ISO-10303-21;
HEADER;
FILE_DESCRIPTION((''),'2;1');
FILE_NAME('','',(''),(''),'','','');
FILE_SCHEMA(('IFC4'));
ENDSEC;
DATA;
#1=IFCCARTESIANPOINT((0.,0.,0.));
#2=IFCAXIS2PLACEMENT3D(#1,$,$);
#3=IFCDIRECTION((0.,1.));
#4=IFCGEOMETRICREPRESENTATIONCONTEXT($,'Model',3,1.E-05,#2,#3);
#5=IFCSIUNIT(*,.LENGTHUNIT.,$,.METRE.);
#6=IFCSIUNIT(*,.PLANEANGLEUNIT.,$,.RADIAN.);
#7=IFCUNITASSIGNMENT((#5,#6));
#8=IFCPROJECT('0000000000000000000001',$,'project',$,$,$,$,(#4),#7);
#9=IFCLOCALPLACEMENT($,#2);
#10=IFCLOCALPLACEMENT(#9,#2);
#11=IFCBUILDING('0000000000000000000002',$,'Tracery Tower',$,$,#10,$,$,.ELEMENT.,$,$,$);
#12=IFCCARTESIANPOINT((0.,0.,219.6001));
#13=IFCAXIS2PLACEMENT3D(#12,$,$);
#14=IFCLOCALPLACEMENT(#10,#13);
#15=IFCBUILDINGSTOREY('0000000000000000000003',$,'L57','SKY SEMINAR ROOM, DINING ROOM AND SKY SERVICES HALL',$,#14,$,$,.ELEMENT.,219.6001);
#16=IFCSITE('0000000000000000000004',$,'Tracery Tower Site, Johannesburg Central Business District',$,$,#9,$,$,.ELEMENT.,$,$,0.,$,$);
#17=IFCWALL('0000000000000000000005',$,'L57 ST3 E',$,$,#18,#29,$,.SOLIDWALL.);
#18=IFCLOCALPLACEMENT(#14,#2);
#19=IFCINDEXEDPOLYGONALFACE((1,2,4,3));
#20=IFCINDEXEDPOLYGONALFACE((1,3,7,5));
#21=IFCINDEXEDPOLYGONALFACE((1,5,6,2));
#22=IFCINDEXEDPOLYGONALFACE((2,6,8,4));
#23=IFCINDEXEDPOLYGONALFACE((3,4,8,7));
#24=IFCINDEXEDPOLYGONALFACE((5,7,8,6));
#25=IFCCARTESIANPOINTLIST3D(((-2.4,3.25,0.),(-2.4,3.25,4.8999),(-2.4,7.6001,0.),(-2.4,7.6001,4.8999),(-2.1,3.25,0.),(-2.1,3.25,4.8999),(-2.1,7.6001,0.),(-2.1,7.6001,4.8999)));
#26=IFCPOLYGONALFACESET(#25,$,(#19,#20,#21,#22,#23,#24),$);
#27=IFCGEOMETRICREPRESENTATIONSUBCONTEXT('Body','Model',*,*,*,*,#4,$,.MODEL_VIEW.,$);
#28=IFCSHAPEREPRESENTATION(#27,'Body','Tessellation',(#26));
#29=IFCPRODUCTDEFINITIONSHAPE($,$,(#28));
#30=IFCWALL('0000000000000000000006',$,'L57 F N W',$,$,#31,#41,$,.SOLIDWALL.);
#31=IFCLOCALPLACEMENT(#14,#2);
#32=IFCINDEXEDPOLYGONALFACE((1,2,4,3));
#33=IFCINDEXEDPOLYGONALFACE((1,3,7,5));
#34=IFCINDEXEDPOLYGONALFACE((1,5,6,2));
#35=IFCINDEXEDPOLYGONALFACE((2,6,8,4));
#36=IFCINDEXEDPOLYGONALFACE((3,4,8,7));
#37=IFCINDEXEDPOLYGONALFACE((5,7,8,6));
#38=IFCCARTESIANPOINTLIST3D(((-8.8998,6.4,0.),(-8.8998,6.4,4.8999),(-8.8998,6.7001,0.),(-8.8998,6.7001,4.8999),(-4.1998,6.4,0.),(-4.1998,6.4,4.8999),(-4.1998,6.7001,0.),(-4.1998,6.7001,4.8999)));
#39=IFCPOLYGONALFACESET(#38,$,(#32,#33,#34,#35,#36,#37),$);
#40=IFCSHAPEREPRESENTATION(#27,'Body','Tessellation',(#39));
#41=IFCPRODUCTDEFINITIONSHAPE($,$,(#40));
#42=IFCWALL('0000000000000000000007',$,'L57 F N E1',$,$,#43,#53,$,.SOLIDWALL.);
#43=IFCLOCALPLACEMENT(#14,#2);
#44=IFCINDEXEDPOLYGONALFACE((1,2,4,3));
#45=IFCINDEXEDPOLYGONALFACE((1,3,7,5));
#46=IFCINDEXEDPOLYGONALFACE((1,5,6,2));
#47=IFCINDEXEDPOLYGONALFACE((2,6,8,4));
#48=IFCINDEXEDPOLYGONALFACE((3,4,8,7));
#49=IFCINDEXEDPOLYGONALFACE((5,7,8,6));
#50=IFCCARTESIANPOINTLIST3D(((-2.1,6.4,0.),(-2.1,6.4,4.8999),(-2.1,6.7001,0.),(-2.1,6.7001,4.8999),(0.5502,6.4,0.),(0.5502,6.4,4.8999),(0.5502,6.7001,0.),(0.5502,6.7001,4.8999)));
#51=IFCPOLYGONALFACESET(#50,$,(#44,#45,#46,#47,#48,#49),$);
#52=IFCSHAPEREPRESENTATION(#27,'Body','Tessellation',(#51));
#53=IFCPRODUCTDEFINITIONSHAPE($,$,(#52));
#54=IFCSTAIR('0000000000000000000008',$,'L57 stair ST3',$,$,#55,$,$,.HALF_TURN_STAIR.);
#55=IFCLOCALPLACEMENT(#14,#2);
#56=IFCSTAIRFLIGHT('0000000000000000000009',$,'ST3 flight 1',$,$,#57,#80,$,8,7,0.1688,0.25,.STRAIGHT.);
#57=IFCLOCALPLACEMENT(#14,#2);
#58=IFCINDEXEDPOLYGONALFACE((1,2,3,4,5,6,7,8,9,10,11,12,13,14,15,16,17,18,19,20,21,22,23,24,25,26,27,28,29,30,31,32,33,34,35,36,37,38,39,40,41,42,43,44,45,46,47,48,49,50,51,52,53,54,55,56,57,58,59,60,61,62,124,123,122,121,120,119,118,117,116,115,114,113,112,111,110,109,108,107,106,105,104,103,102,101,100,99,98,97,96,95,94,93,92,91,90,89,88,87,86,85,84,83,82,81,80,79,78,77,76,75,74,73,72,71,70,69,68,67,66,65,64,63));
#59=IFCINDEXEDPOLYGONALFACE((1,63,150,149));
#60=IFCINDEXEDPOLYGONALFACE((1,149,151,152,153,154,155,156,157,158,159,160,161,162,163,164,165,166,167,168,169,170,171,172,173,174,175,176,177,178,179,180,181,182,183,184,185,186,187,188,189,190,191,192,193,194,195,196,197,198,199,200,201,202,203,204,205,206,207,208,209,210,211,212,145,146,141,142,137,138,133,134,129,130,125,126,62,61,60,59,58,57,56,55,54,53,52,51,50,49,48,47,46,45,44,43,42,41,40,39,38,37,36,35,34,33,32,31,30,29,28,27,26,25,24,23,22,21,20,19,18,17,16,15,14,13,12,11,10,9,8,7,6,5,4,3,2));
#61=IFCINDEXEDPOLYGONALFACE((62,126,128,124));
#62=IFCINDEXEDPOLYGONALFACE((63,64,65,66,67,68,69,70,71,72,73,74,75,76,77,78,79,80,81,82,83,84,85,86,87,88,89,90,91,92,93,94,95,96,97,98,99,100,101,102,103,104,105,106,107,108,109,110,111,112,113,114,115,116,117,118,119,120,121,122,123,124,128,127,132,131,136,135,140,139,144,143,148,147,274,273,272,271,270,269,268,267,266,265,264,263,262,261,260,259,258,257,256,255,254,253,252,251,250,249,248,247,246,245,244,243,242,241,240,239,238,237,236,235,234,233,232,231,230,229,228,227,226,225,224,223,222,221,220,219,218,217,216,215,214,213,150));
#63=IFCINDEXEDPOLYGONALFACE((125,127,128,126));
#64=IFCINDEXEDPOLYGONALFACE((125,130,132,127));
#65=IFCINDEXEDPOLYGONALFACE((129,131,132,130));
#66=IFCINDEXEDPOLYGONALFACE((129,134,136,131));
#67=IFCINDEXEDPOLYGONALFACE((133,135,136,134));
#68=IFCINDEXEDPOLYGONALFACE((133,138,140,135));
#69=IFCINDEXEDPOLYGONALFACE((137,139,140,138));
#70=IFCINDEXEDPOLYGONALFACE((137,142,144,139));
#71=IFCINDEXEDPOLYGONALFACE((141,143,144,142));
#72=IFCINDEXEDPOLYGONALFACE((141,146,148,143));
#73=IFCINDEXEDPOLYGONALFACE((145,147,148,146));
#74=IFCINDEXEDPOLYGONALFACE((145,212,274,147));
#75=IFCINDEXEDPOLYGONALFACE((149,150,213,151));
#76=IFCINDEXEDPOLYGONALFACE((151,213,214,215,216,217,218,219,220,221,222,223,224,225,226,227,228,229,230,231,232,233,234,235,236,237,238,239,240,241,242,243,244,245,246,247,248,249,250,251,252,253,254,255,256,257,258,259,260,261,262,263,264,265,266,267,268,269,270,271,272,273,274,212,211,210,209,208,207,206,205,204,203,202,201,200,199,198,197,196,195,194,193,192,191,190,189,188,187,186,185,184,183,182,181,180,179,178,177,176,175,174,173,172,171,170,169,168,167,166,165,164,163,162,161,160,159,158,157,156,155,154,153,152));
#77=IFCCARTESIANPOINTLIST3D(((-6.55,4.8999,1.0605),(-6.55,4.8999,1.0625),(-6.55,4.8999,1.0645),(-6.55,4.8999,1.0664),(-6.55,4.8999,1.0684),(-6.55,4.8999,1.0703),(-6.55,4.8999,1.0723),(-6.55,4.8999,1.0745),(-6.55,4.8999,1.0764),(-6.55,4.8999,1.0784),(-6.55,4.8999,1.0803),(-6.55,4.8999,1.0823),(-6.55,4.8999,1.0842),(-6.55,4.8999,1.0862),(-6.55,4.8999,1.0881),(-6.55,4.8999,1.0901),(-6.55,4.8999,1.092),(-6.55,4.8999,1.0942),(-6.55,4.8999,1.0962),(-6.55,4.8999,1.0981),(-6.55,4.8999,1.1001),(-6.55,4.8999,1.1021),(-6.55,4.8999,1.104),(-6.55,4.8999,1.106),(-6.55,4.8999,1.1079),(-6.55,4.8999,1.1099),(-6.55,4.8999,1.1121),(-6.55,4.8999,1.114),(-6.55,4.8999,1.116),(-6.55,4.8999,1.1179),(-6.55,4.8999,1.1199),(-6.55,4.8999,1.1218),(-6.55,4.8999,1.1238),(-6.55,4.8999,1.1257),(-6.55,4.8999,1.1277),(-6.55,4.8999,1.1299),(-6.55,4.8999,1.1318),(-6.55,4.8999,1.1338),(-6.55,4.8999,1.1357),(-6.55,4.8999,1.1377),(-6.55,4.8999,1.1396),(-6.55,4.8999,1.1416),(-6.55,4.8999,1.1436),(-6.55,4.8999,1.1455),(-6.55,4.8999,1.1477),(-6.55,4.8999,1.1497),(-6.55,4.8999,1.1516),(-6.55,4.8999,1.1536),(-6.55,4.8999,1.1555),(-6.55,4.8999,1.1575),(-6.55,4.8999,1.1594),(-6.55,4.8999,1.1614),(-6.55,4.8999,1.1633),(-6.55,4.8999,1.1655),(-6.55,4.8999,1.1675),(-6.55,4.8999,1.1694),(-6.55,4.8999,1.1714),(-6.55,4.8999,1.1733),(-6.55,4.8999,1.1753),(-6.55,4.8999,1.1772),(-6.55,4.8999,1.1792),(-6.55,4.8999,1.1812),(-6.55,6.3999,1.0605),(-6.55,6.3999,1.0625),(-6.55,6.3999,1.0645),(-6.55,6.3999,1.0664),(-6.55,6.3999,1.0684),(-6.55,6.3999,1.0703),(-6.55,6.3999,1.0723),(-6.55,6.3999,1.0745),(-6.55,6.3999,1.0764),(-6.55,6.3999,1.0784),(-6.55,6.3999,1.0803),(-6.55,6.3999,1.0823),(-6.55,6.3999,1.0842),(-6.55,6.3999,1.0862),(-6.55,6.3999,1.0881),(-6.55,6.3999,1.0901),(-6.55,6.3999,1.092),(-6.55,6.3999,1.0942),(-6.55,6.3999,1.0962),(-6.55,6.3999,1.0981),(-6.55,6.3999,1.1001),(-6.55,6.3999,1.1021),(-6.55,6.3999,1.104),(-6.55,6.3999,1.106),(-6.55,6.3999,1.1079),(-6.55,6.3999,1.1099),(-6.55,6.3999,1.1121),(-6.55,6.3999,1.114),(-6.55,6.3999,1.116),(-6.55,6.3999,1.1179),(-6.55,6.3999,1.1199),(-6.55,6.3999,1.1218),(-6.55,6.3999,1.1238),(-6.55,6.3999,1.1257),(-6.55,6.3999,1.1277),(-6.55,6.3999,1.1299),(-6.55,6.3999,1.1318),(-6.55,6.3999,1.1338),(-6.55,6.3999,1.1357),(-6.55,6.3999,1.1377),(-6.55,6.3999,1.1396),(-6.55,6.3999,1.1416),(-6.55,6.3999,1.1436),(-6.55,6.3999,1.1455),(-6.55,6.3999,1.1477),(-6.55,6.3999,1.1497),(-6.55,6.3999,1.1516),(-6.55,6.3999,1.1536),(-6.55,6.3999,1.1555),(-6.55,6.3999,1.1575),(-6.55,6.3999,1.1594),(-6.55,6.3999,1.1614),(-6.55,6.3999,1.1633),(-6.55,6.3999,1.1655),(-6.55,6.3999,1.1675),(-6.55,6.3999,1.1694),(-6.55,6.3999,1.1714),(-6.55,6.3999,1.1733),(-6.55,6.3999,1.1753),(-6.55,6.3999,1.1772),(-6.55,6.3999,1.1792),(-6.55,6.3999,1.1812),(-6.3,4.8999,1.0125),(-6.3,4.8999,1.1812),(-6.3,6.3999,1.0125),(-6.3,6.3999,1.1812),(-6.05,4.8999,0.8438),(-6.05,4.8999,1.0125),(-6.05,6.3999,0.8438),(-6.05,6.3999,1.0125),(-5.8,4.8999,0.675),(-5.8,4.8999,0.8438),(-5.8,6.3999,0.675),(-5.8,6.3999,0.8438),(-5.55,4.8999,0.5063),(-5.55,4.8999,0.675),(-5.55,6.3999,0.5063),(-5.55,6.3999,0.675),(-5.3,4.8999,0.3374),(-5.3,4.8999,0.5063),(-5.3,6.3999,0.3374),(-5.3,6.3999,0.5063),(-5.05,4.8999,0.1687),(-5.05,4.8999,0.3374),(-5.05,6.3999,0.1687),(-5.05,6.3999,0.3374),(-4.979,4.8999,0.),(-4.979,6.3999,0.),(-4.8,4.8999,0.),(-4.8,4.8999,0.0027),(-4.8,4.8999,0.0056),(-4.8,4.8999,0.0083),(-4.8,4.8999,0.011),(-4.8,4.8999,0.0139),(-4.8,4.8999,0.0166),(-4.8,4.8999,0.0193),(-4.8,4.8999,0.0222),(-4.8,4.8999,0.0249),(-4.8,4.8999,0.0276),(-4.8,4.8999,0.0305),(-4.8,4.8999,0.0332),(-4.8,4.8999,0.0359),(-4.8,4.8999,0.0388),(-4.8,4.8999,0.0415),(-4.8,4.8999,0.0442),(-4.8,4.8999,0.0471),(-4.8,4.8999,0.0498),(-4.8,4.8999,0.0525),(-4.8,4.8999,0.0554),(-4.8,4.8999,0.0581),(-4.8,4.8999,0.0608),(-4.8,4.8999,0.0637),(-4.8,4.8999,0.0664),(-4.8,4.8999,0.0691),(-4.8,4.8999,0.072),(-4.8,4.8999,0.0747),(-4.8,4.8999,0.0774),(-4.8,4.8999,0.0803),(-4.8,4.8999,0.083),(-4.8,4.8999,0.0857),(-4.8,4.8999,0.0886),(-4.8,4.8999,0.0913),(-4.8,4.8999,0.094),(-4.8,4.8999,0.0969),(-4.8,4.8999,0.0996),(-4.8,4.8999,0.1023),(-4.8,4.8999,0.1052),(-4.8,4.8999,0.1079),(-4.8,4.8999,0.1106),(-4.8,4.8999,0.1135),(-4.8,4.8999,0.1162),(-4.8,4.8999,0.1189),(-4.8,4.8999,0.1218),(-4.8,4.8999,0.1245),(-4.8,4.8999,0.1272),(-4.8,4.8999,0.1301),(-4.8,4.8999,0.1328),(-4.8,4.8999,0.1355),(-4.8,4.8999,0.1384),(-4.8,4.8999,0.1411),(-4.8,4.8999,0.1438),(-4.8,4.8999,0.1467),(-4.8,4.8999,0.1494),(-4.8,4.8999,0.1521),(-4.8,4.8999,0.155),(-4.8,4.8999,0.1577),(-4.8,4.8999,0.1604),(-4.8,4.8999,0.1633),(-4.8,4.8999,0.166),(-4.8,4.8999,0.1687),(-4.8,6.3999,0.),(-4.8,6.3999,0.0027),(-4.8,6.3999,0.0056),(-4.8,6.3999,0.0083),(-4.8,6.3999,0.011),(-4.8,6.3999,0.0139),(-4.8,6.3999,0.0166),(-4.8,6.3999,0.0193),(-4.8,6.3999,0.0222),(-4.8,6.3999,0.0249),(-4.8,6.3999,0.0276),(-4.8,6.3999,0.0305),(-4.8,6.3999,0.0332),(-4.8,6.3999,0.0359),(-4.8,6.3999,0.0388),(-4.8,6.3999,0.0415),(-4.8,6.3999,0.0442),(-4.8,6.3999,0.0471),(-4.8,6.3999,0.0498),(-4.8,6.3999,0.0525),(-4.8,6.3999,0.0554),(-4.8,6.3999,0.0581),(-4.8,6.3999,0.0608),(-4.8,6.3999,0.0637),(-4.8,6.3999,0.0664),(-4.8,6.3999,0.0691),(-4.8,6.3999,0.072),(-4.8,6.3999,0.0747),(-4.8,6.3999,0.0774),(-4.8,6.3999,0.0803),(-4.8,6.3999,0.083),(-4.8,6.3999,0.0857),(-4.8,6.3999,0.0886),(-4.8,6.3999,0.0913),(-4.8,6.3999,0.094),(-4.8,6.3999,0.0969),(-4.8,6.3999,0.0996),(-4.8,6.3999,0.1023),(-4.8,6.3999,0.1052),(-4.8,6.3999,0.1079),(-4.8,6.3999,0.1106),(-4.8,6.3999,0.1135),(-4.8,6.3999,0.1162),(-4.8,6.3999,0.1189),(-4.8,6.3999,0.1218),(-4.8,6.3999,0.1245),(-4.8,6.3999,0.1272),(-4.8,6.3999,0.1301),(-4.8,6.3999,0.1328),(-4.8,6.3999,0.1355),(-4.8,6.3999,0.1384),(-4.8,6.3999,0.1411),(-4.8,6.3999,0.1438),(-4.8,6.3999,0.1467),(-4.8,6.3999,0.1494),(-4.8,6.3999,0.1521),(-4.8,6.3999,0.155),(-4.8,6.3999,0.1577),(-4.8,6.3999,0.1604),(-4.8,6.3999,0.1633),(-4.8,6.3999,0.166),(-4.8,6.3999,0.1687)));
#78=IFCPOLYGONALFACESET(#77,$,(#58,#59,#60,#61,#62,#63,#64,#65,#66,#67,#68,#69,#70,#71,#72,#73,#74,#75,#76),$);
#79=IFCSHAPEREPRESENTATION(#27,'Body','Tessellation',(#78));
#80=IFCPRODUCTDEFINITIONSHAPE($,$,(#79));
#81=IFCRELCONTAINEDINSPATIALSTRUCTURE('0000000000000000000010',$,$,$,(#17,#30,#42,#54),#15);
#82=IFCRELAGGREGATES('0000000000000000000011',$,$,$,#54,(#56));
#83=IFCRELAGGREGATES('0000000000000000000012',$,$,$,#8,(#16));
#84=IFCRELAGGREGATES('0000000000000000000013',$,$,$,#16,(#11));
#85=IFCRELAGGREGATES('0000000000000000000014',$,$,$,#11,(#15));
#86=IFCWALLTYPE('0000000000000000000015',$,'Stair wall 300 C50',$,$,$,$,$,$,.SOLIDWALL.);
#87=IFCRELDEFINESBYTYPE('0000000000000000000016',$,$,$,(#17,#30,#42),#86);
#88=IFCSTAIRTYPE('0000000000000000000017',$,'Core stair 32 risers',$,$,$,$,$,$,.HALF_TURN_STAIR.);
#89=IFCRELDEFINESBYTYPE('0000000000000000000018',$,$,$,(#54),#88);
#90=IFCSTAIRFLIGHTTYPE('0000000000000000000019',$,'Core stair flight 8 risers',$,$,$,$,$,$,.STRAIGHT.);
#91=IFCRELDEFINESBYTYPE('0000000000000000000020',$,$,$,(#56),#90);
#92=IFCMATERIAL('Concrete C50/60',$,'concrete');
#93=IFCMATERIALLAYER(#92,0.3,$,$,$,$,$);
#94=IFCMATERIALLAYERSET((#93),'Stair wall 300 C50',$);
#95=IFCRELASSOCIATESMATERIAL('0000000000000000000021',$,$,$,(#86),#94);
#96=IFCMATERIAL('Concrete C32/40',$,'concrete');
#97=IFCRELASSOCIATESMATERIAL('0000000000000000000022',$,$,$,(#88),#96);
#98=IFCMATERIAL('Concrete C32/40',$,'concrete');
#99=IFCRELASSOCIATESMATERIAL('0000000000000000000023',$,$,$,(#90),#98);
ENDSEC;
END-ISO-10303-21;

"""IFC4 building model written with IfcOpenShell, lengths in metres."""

from ifc_helpers import new_model, si_unit, direction, frame, frame_2d, origin, place, context, subcontext, project, spatial, polyline, rectangle, outline, extrude, material, layer, layer_set, type_object, element, aggregate, save


model = new_model("IFC4")

# Units and contexts
model_context = context("Model", 3, precision=1e-05, world=origin(), true_north=direction((0.0, 1.0)))
body_context = subcontext(model_context, "Body", "Model", "MODEL_VIEW")
ifc_project = project(units=[si_unit("LENGTHUNIT", "METRE"), si_unit("PLANEANGLEUNIT", "RADIAN")], contexts=[model_context])

# Site, building, storey
site_placement = place(None, origin())
site = spatial("IfcSite", under=ifc_project, at=site_placement, Name="Tracery Tower Site, Johannesburg Central Business District", CompositionType="ELEMENT", RefElevation=0.0)
building_placement = place(site_placement, origin())
building = spatial("IfcBuilding", under=site, at=building_placement, Name="Tracery Tower", CompositionType="ELEMENT")
storey_placement = place(building_placement, frame((0.0, 0.0, 219.6001)))
storey = spatial("IfcBuildingStorey", under=building, at=storey_placement, Name="L57", Description="SKY SEMINAR ROOM, DINING ROOM AND SKY SERVICES HALL", CompositionType="ELEMENT", Elevation=219.6001)

# Walls
ifc_material_1 = material(Name="Concrete C50/60", Category="concrete")
ifc_layer_1 = layer(ifc_material_1, 0.3)
ifc_layer_set_1 = layer_set([ifc_layer_1], Name="Stair wall 300 C50")
wall_type_1 = type_object("IfcWallType", Name="Stair wall 300 C50", PredefinedType="SOLIDWALL", material=ifc_layer_set_1)
wall_1_placement = place(storey_placement, frame((-2.25, 3.25, 0.0), z_axis=(0.0, 0.0, 1.0), x_axis=(0.0, 1.0, 0.0)))
element("IfcWall", 1, at=wall_1_placement, inside=storey, type_object=wall_type_1, Name="L57 ST3 E", PredefinedType="SOLIDWALL", context=body_context, shape_type="SweptSolid", body=[
    extrude(rectangle(XDim=4.3501, YDim=0.3, at=frame_2d((2.175, 0.0))), origin(), (0.0, 0.0, 1.0), 4.8999),
])
wall_2_placement = place(storey_placement, frame((-8.8999, 6.55, 0.0), z_axis=(0.0, 0.0, 1.0), x_axis=(1.0, 0.0, 0.0)))
element("IfcWall", 2, at=wall_2_placement, inside=storey, type_object=wall_type_1, Name="L57 F N W", PredefinedType="SOLIDWALL", context=body_context, shape_type="SweptSolid", body=[
    extrude(rectangle(XDim=4.7, YDim=0.3, at=frame_2d((2.3501, 0.0))), origin(), (0.0, 0.0, 1.0), 4.8999),
])

# Wall
wall_3_placement = place(storey_placement, frame((-2.1001, 6.55, 0.0), z_axis=(0.0, 0.0, 1.0), x_axis=(1.0, 0.0, 0.0)))
element("IfcWall", 3, at=wall_3_placement, inside=storey, type_object=wall_type_1, Name="L57 F N E1", PredefinedType="SOLIDWALL", context=body_context, shape_type="SweptSolid", body=[
    extrude(rectangle(XDim=2.6501, YDim=0.3, at=frame_2d((1.3252, 0.0))), origin(), (0.0, 0.0, 1.0), 4.8999),
])

# Stair, stair flight
ifc_material_2 = material(Name="Concrete C32/40", Category="concrete")
stair_type = type_object("IfcStairType", Name="Core stair 32 risers", PredefinedType="HALF_TURN_STAIR", material=ifc_material_2)
stair_placement = place(storey_placement, origin())
stair = element("IfcStair", 4, at=stair_placement, inside=storey, type_object=stair_type, Name="L57 stair ST3", PredefinedType="HALF_TURN_STAIR")
ifc_material_3 = material(Name="Concrete C32/40", Category="concrete")
stair_flight_type = type_object("IfcStairFlightType", Name="Core stair flight 8 risers", PredefinedType="STRAIGHT", material=ifc_material_3)
stair_flight_1_placement = place(storey_placement, frame((-4.8, 5.6499, 0.0), z_axis=(0.0, 0.0, 1.0), x_axis=(-1.0, 0.0, 0.0)))
stair_flight_1 = element("IfcStairFlight", 5, at=stair_flight_1_placement, type_object=stair_flight_type, Name="ST3 flight 1", NumberOfRisers=8, NumberOfTreads=7, PredefinedType="STRAIGHT", RiserHeight=0.1688, TreadLength=0.25, context=body_context, shape_type="SweptSolid", body=[
    extrude(outline(polyline([(0.0, 0.0), (0.0, 0.0027), (0.0, 0.0056), (0.0, 0.0083), (0.0, 0.011), (0.0, 0.0139), (0.0, 0.0166), (0.0, 0.0193), (0.0, 0.0222), (0.0, 0.0249), (0.0, 0.0276), (0.0, 0.0305), (0.0, 0.0332), (0.0, 0.0359), (0.0, 0.0388), (0.0, 0.0415), (0.0, 0.0442), (0.0, 0.0471), (0.0, 0.0498), (0.0, 0.0525), (0.0, 0.0554), (0.0, 0.0581), (0.0, 0.0608), (0.0, 0.0637), (0.0, 0.0664), (0.0, 0.0691), (0.0, 0.072), (0.0, 0.0747), (0.0, 0.0774), (0.0, 0.0803), (0.0, 0.083), (0.0, 0.0857), (0.0, 0.0886), (0.0, 0.0913), (0.0, 0.094), (0.0, 0.0969), (0.0, 0.0996), (0.0, 0.1023), (0.0, 0.1052), (0.0, 0.1079), (0.0, 0.1106), (0.0, 0.1135), (0.0, 0.1162), (0.0, 0.1189), (0.0, 0.1218), (0.0, 0.1245), (0.0, 0.1272), (0.0, 0.1301), (0.0, 0.1328), (0.0, 0.1355), (0.0, 0.1384), (0.0, 0.1411), (0.0, 0.1438), (0.0, 0.1467), (0.0, 0.1494), (0.0, 0.1521), (0.0, 0.155), (0.0, 0.1577), (0.0, 0.1604), (0.0, 0.1633), (0.0, 0.166), (0.0, 0.1687), (0.25, 0.1687), (0.25, 0.3374), (0.5, 0.3374), (0.5, 0.5063), (0.75, 0.5063), (0.75, 0.675), (1.0, 0.675), (1.0, 0.8438), (1.25, 0.8438), (1.25, 1.0125), (1.5, 1.0125), (1.5, 1.1812), (1.75, 1.1812), (1.75, 1.1792), (1.75, 1.1772), (1.75, 1.1753), (1.75, 1.1733), (1.75, 1.1714), (1.75, 1.1694), (1.75, 1.1675), (1.75, 1.1655), (1.75, 1.1633), (1.75, 1.1614), (1.75, 1.1594), (1.75, 1.1575), (1.75, 1.1555), (1.75, 1.1536), (1.75, 1.1516), (1.75, 1.1497), (1.75, 1.1477), (1.75, 1.1455), (1.75, 1.1436), (1.75, 1.1416), (1.75, 1.1396), (1.75, 1.1377), (1.75, 1.1357), (1.75, 1.1338), (1.75, 1.1318), (1.75, 1.1299), (1.75, 1.1277), (1.75, 1.1257), (1.75, 1.1238), (1.75, 1.1218), (1.75, 1.1199), (1.75, 1.1179), (1.75, 1.116), (1.75, 1.114), (1.75, 1.1121), (1.75, 1.1099), (1.75, 1.1079), (1.75, 1.106), (1.75, 1.104), (1.75, 1.1021), (1.75, 1.1001), (1.75, 1.0981), (1.75, 1.0962), (1.75, 1.0942), (1.75, 1.092), (1.75, 1.0901), (1.75, 1.0881), (1.75, 1.0862), (1.75, 1.0842), (1.75, 1.0823), (1.75, 1.0803), (1.75, 1.0784), (1.75, 1.0764), (1.75, 1.0745), (1.75, 1.0723), (1.75, 1.0703), (1.75, 1.0684), (1.75, 1.0664), (1.75, 1.0645), (1.75, 1.0625), (1.75, 1.0605), (0.179, 0.0), (0.0, 0.0)])), frame((0.0, 0.75, 0.0), z_axis=(0.0, -1.0, 0.0), x_axis=(1.0, 0.0, 0.0)), (0.0, 0.0, 1.0), 1.5),
])
aggregate(stair, [stair_flight_1])

save(model, "model.ifc")
